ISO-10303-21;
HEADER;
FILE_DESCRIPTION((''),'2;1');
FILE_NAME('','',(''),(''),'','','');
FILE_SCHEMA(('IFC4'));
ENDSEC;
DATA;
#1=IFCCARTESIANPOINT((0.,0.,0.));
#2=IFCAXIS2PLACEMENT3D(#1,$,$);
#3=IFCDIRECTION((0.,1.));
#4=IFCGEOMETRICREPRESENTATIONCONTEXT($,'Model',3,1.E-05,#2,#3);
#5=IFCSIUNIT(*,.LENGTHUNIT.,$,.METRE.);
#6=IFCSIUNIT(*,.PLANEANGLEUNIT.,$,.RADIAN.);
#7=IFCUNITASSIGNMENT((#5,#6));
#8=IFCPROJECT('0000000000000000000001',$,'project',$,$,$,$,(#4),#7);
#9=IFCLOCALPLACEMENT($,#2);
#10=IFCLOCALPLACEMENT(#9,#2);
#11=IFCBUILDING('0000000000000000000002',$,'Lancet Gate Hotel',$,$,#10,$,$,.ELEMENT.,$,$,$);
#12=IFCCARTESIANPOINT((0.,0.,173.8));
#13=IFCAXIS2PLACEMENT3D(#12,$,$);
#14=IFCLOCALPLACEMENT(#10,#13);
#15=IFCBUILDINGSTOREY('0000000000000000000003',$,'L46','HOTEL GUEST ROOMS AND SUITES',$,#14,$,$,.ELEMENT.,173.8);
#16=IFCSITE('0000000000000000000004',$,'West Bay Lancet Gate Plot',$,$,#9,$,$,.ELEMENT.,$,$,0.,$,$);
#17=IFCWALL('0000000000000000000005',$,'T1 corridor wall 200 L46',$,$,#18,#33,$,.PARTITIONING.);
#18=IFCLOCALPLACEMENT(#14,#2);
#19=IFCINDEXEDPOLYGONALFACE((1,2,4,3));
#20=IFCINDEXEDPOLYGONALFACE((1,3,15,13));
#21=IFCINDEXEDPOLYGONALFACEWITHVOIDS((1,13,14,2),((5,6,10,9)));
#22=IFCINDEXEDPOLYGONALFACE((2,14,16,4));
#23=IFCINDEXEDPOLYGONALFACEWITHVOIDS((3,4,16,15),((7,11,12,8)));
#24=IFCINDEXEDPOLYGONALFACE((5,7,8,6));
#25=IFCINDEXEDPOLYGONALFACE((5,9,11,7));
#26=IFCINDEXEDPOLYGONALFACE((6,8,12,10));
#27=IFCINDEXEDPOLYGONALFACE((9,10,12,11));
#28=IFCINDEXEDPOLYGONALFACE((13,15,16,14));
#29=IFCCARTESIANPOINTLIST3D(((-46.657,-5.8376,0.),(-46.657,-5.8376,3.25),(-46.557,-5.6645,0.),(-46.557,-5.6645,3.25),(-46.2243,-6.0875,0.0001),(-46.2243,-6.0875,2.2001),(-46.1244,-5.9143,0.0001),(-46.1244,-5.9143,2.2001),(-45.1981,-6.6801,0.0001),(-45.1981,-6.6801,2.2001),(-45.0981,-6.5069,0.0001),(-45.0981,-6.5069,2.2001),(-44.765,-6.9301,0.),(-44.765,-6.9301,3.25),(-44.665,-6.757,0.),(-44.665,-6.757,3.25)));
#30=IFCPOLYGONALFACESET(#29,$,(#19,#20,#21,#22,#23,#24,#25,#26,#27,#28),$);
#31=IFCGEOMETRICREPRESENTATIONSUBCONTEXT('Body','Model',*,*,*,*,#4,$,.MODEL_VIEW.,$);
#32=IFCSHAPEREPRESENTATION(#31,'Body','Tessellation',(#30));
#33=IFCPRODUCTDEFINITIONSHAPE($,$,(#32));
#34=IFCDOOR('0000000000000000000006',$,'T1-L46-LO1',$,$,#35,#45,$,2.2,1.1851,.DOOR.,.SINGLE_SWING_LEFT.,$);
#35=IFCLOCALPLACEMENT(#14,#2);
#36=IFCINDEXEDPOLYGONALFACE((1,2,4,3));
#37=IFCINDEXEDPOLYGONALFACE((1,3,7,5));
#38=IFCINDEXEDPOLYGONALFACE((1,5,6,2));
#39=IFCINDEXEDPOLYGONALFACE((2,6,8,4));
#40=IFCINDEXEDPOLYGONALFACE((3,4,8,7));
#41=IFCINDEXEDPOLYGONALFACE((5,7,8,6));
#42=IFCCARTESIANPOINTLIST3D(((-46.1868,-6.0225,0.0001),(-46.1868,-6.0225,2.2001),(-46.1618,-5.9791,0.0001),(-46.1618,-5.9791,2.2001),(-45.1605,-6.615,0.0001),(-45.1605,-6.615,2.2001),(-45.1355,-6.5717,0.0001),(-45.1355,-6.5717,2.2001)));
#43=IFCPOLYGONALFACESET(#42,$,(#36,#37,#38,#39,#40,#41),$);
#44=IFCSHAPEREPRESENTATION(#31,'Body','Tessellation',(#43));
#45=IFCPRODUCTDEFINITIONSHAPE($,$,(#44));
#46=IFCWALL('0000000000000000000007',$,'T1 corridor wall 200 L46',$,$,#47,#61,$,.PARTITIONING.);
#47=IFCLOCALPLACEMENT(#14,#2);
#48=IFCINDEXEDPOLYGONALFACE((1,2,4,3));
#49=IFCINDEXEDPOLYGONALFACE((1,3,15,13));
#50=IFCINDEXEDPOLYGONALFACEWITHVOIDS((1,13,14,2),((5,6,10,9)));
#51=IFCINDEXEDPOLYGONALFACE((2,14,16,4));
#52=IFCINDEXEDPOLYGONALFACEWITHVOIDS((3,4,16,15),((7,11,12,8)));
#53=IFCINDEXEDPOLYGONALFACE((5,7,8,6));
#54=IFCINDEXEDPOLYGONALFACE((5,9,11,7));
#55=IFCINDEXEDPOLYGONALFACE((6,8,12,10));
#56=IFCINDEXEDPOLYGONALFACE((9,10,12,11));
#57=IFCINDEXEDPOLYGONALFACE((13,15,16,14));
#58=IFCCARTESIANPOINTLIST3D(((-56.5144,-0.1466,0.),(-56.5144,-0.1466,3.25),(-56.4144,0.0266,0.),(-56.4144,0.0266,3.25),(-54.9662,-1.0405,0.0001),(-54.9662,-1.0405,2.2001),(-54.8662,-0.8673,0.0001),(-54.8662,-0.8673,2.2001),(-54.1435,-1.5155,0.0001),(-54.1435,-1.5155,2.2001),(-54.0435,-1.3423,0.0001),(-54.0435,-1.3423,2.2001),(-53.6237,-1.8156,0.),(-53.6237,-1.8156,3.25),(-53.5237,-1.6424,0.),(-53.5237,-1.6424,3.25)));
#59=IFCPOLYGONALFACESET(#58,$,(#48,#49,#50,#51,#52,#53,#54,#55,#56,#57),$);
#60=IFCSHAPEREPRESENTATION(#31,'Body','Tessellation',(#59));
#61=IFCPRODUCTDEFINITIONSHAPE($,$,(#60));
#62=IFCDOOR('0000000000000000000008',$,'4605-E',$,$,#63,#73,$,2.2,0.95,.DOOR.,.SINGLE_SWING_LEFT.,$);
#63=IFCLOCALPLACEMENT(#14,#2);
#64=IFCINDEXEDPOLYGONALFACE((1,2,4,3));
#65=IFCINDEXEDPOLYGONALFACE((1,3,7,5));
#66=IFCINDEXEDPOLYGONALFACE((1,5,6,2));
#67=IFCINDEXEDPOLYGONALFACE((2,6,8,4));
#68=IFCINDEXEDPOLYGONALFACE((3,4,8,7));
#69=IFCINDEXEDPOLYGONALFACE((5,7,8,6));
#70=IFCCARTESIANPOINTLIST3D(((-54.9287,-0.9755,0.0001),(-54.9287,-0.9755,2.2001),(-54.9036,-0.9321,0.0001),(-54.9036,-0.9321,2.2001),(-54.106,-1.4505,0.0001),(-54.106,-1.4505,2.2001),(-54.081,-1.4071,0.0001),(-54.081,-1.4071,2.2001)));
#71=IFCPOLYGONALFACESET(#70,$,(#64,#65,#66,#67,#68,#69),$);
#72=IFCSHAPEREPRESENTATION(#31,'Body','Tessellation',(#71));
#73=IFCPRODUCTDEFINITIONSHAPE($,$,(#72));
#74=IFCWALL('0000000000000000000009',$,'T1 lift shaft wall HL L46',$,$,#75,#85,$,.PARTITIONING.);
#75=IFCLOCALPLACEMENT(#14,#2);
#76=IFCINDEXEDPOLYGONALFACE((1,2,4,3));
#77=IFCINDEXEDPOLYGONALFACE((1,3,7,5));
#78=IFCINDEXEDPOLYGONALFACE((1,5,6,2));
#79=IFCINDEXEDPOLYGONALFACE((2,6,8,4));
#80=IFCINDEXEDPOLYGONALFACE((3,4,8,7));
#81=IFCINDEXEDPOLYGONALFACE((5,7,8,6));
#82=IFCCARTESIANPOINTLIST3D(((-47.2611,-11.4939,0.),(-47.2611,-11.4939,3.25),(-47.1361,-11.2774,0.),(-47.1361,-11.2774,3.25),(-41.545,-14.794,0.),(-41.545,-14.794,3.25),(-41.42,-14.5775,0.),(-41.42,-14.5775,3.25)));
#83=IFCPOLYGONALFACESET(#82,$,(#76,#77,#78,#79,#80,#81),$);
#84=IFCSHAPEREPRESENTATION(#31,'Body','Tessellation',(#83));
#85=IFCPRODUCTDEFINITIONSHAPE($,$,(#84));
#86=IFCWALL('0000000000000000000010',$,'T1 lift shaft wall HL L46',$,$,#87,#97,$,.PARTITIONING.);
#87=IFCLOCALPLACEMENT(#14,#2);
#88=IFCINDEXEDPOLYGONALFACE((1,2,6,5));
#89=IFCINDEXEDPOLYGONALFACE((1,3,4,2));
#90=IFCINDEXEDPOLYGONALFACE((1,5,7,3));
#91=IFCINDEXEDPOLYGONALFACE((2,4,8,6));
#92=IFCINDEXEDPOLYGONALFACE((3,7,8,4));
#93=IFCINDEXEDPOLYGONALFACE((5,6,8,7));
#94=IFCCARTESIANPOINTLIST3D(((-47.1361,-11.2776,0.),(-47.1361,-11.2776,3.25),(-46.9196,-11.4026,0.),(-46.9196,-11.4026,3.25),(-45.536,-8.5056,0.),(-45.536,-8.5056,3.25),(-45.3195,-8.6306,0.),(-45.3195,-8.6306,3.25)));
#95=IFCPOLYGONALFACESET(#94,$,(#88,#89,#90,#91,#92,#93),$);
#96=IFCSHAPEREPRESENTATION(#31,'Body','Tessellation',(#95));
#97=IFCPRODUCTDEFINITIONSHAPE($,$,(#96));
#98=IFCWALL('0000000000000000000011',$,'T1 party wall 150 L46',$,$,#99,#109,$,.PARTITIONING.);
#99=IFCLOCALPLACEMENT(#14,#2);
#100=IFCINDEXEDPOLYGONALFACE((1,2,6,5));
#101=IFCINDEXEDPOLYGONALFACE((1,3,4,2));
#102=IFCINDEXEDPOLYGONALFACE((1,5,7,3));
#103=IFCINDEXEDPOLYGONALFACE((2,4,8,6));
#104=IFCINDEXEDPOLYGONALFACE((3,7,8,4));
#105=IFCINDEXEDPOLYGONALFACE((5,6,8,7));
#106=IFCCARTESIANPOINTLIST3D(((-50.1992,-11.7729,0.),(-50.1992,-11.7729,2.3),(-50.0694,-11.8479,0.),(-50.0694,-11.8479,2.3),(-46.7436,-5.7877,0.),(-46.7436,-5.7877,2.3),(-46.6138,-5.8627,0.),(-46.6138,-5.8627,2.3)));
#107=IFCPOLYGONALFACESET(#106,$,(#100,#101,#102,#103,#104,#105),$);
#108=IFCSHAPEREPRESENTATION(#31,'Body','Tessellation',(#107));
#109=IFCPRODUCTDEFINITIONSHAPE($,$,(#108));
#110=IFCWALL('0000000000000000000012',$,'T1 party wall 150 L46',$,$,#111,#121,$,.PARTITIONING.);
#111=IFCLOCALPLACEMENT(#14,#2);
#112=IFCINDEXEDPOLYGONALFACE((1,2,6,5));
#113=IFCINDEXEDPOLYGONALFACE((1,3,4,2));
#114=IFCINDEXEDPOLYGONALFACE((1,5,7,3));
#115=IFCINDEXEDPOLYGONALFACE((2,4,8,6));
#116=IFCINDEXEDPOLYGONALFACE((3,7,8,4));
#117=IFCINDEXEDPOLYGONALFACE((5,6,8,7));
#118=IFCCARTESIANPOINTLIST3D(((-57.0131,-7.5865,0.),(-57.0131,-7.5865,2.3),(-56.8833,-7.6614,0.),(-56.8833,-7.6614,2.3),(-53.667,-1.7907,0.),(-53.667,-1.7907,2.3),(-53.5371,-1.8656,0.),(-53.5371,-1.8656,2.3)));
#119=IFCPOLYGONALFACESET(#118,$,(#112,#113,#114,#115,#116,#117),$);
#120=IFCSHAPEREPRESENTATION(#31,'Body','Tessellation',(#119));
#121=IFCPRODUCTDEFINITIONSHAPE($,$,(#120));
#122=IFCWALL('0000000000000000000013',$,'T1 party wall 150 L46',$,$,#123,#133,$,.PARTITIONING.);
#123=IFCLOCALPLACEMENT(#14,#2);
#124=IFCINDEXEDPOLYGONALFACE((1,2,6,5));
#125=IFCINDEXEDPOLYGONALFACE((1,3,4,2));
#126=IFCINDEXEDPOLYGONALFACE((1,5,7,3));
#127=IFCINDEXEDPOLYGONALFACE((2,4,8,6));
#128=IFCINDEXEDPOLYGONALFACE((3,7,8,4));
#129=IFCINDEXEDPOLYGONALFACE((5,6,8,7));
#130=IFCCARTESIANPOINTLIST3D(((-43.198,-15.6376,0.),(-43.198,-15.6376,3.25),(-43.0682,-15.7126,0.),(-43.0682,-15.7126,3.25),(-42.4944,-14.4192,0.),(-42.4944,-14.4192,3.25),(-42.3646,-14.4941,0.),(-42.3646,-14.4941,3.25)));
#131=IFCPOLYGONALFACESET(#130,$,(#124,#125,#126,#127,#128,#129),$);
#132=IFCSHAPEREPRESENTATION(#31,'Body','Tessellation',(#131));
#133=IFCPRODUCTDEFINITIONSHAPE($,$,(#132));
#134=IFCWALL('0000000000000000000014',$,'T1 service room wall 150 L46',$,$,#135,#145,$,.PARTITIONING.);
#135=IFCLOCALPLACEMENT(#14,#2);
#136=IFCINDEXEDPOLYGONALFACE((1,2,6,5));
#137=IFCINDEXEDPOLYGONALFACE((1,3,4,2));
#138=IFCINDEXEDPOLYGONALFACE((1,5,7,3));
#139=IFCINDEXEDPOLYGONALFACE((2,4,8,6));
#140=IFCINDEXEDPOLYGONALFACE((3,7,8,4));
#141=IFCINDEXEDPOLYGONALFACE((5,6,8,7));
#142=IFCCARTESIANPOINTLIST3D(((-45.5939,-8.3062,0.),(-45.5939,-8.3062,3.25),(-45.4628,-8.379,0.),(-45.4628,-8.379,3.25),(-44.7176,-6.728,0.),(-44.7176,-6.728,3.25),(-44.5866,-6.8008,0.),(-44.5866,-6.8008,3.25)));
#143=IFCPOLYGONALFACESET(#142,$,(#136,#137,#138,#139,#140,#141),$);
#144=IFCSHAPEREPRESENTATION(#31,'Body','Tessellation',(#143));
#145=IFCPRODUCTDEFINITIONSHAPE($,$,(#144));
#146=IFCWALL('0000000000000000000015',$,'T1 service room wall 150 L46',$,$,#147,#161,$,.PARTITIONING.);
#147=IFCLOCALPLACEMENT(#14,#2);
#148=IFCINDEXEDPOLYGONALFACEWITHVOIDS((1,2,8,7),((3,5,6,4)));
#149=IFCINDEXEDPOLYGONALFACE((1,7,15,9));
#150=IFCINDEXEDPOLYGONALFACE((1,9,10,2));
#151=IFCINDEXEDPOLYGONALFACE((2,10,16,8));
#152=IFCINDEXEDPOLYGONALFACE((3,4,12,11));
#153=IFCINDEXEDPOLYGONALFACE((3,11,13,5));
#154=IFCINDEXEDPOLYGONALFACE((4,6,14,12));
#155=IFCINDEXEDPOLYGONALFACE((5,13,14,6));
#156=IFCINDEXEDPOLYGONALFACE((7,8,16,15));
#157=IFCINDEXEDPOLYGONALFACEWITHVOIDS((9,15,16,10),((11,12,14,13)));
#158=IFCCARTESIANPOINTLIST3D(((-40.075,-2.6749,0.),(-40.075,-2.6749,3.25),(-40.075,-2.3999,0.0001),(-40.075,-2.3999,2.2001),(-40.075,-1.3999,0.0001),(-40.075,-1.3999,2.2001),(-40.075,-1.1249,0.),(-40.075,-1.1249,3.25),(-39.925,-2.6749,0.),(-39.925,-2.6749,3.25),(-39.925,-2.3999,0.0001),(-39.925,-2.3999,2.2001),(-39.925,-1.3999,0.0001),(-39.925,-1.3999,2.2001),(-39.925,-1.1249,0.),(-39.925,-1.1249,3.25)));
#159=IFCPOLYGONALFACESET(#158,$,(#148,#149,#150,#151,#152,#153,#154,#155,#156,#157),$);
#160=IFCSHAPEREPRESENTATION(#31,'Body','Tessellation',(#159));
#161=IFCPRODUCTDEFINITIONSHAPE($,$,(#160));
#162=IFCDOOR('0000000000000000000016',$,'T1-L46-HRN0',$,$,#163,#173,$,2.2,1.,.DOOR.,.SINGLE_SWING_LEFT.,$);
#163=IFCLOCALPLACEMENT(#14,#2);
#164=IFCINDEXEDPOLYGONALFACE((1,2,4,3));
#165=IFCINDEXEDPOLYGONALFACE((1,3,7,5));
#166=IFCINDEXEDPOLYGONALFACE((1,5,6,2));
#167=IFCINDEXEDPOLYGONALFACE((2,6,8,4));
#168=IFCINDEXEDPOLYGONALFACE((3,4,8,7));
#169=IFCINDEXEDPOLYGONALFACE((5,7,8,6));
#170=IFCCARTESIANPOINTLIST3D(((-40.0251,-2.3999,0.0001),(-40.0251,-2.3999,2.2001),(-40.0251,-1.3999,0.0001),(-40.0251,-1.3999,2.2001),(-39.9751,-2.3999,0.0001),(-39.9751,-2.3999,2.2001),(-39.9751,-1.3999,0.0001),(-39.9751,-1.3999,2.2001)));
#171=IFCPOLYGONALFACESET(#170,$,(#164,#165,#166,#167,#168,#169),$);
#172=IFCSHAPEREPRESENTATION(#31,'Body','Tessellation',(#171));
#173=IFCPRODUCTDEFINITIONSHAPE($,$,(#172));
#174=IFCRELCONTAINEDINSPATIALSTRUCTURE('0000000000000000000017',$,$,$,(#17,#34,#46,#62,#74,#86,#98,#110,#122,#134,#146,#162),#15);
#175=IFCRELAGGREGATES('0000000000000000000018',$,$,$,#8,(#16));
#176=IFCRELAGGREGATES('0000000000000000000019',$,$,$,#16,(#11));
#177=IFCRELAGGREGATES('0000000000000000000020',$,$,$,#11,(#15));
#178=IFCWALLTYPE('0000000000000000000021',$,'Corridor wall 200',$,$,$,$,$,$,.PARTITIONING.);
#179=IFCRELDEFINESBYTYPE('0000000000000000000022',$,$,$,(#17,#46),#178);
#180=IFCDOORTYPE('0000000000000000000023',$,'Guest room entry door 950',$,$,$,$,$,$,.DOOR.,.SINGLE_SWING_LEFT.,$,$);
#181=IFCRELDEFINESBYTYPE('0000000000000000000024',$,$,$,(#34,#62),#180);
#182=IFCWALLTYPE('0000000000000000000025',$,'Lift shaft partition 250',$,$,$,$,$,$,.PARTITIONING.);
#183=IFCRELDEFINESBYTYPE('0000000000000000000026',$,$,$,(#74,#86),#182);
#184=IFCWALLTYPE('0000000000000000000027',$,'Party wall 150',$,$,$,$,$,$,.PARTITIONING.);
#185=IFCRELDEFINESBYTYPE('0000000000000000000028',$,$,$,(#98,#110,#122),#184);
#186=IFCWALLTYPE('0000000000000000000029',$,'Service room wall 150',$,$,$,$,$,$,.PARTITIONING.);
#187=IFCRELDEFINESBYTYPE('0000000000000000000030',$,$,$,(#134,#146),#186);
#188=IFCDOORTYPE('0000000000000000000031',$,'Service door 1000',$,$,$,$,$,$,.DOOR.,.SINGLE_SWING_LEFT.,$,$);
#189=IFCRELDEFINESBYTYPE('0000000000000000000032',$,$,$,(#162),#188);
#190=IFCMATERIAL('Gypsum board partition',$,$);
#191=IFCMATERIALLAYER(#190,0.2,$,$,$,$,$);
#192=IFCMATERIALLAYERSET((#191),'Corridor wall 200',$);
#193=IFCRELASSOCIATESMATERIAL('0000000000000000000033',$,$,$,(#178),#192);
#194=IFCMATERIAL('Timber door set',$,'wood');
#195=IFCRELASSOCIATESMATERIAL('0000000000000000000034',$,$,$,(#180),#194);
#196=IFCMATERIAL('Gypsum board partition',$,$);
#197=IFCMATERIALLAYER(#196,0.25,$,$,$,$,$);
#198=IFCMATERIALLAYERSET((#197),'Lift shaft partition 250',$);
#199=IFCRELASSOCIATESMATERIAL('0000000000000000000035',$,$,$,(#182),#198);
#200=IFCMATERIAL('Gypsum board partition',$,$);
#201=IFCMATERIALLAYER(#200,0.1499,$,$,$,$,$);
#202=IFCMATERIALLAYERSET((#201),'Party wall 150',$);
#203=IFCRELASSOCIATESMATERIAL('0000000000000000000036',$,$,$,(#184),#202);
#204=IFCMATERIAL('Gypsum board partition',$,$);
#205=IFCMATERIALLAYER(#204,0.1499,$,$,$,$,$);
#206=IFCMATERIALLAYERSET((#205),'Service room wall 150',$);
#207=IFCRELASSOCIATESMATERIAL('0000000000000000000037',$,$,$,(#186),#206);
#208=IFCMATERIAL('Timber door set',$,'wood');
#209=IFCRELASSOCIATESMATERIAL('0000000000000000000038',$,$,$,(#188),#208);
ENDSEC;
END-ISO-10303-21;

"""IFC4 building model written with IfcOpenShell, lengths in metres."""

from ifc_helpers import new_model, si_unit, direction, frame, frame_2d, origin, place, context, subcontext, project, spatial, rectangle, extrude, material, layer, layer_set, type_object, element, fill, save


model = new_model("IFC4")

# Units and contexts
model_context = context("Model", 3, precision=1e-05, world=origin(), true_north=direction((0.0, 1.0)))
body_context = subcontext(model_context, "Body", "Model", "MODEL_VIEW")
ifc_project = project(units=[si_unit("LENGTHUNIT", "METRE"), si_unit("PLANEANGLEUNIT", "RADIAN")], contexts=[model_context])

# Site, building, storey
site_placement = place(None, origin())
site = spatial("IfcSite", under=ifc_project, at=site_placement, Name="West Bay Lancet Gate Plot", CompositionType="ELEMENT", RefElevation=0.0)
building_placement = place(site_placement, origin())
building = spatial("IfcBuilding", under=site, at=building_placement, Name="Lancet Gate Hotel", CompositionType="ELEMENT")
storey_placement = place(building_placement, frame((0.0, 0.0, 173.8)))
storey = spatial("IfcBuildingStorey", under=building, at=storey_placement, Name="L46", Description="HOTEL GUEST ROOMS AND SUITES", CompositionType="ELEMENT", Elevation=173.8)

# Walls, openings, doors
ifc_material_1 = material(Name="Gypsum board partition")
ifc_layer_1 = layer(ifc_material_1, 0.2)
ifc_layer_set_1 = layer_set([ifc_layer_1], Name="Corridor wall 200")
wall_type_1 = type_object("IfcWallType", Name="Corridor wall 200", PredefinedType="PARTITIONING", material=ifc_layer_set_1)
wall_1_placement = place(storey_placement, frame((-44.7151, -6.8435, 0.0), z_axis=(0.0, 0.0, 1.0), x_axis=(-0.865999, 0.500045, 0.0)))
wall_1 = element("IfcWall", 1, at=wall_1_placement, inside=storey, type_object=wall_type_1, Name="T1 corridor wall 200 L46", PredefinedType="PARTITIONING", context=body_context, shape_type="SweptSolid", body=[
    extrude(rectangle(XDim=2.1848, YDim=0.2, at=frame_2d((1.0923, 0.0))), origin(), (0.0, 0.0, 1.0), 3.25),
])
opening_1_placement = place(wall_1_placement, frame((0.5, 0.0, 0.0)))
opening_1 = element("IfcOpeningElement", 2, at=opening_1_placement, cuts=wall_1, PredefinedType="OPENING", context=body_context, shape_type="SweptSolid", body=[
    extrude(rectangle(XDim=1.1851, YDim=2.2, at=frame_2d((0.5925, 1.1001))), frame((0.0, 0.1099, 0.0), z_axis=(0.0, -1.0, 0.0), x_axis=(1.0, 0.0, 0.0)), (0.0, 0.0, 1.0), 0.22),
])
ifc_material_2 = material(Name="Timber door set", Category="wood")
door_type_1 = type_object("IfcDoorType", Name="Guest room entry door 950", OperationType="SINGLE_SWING_LEFT", PredefinedType="DOOR", material=ifc_material_2)
door_1_placement = place(opening_1_placement, origin())
door_1 = element("IfcDoor", 3, at=door_1_placement, inside=storey, type_object=door_type_1, Name="T1-L46-LO1", OperationType="SINGLE_SWING_LEFT", OverallHeight=2.2, OverallWidth=1.1851, PredefinedType="DOOR", context=body_context, shape_type="SweptSolid", body=[
    extrude(rectangle(XDim=1.1851, YDim=2.2, at=frame_2d((0.5925, 1.1001))), frame((0.0, 0.0249, 0.0), z_axis=(0.0, -1.0, 0.0), x_axis=(1.0, 0.0, 0.0)), (0.0, 0.0, 1.0), 0.05),
])
fill(opening_1, door_1)
wall_2_placement = place(storey_placement, frame((-53.5737, -1.729, 0.0), z_axis=(0.0, 0.0, 1.0), x_axis=(-0.86602, 0.500009, 0.0)))
wall_2 = element("IfcWall", 4, at=wall_2_placement, inside=storey, type_object=wall_type_1, Name="T1 corridor wall 200 L46", PredefinedType="PARTITIONING", context=body_context, shape_type="SweptSolid", body=[
    extrude(rectangle(XDim=3.3379, YDim=0.2, at=frame_2d((1.6689, 0.0))), origin(), (0.0, 0.0, 1.0), 3.25),
])
opening_2_placement = place(wall_2_placement, frame((0.6001, 0.0, 0.0)))
opening_2 = element("IfcOpeningElement", 5, at=opening_2_placement, cuts=wall_2, PredefinedType="OPENING", context=body_context, shape_type="SweptSolid", body=[
    extrude(rectangle(XDim=0.95, YDim=2.2, at=frame_2d((0.4751, 1.1001))), frame((0.0, 0.1099, 0.0), z_axis=(0.0, -1.0, 0.0), x_axis=(1.0, 0.0, 0.0)), (0.0, 0.0, 1.0), 0.22),
])
door_2_placement = place(opening_2_placement, origin())
door_2 = element("IfcDoor", 6, at=door_2_placement, inside=storey, type_object=door_type_1, Name="4605-E", OperationType="SINGLE_SWING_LEFT", OverallHeight=2.2, OverallWidth=0.95, PredefinedType="DOOR", context=body_context, shape_type="SweptSolid", body=[
    extrude(rectangle(XDim=0.95, YDim=2.2, at=frame_2d((0.4751, 1.1001))), frame((0.0, 0.0249, 0.0), z_axis=(0.0, -1.0, 0.0), x_axis=(1.0, 0.0, 0.0)), (0.0, 0.0, 1.0), 0.05),
])
fill(opening_2, door_2)

# Walls
ifc_material_3 = material(Name="Gypsum board partition")
ifc_layer_2 = layer(ifc_material_3, 0.25)
ifc_layer_set_2 = layer_set([ifc_layer_2], Name="Lift shaft partition 250")
wall_type_2 = type_object("IfcWallType", Name="Lift shaft partition 250", PredefinedType="PARTITIONING", material=ifc_layer_set_2)
wall_3_placement = place(storey_placement, frame((-41.4824, -14.6858, 0.0), z_axis=(0.0, 0.0, 1.0), x_axis=(-0.866033, 0.499986, 0.0)))
element("IfcWall", 7, at=wall_3_placement, inside=storey, type_object=wall_type_2, Name="T1 lift shaft wall HL L46", PredefinedType="PARTITIONING", context=body_context, shape_type="SweptSolid", body=[
    extrude(rectangle(XDim=6.6003, YDim=0.25, at=frame_2d((3.3003, 0.0))), origin(), (0.0, 0.0, 1.0), 3.25),
])
wall_4_placement = place(storey_placement, frame((-45.4277, -8.5681, 0.0), z_axis=(0.0, 0.0, 1.0), x_axis=(-0.499929, -0.866066, 0.0)))
element("IfcWall", 8, at=wall_4_placement, inside=storey, type_object=wall_type_2, Name="T1 lift shaft wall HL L46", PredefinedType="PARTITIONING", context=body_context, shape_type="SweptSolid", body=[
    extrude(rectangle(XDim=3.2007, YDim=0.25, at=frame_2d((1.6003, 0.0))), origin(), (0.0, 0.0, 1.0), 3.25),
])
ifc_material_4 = material(Name="Gypsum board partition")
ifc_layer_3 = layer(ifc_material_4, 0.1499)
ifc_layer_set_3 = layer_set([ifc_layer_3], Name="Party wall 150")
wall_type_3 = type_object("IfcWallType", Name="Party wall 150", PredefinedType="PARTITIONING", material=ifc_layer_set_3)
wall_5_placement = place(storey_placement, frame((-46.6787, -5.8252, 0.0), z_axis=(0.0, 0.0, 1.0), x_axis=(-0.500007, -0.866021, 0.0)))
element("IfcWall", 9, at=wall_5_placement, inside=storey, type_object=wall_type_3, Name="T1 party wall 150 L46", PredefinedType="PARTITIONING", context=body_context, shape_type="SweptSolid", body=[
    extrude(rectangle(XDim=6.9111, YDim=0.1499, at=frame_2d((3.4556, 0.0))), origin(), (0.0, 0.0, 1.0), 2.3),
])
wall_6_placement = place(storey_placement, frame((-53.6021, -1.8281, 0.0), z_axis=(0.0, 0.0, 1.0), x_axis=(-0.499992, -0.86603, 0.0)))
element("IfcWall", 10, at=wall_6_placement, inside=storey, type_object=wall_type_3, Name="T1 party wall 150 L46", PredefinedType="PARTITIONING", context=body_context, shape_type="SweptSolid", body=[
    extrude(rectangle(XDim=6.6924, YDim=0.1499, at=frame_2d((3.3462, 0.0))), origin(), (0.0, 0.0, 1.0), 2.3),
])
wall_7_placement = place(storey_placement, frame((-42.4294, -14.4565, 0.0), z_axis=(0.0, 0.0, 1.0), x_axis=(-0.500058, -0.865992, 0.0)))
element("IfcWall", 11, at=wall_7_placement, inside=storey, type_object=wall_type_3, Name="T1 party wall 150 L46", PredefinedType="PARTITIONING", context=body_context, shape_type="SweptSolid", body=[
    extrude(rectangle(XDim=1.407, YDim=0.1499, at=frame_2d((0.7036, 0.0))), origin(), (0.0, 0.0, 1.0), 3.25),
])
ifc_material_5 = material(Name="Gypsum board partition")
ifc_layer_4 = layer(ifc_material_5, 0.1499)
ifc_layer_set_4 = layer_set([ifc_layer_4], Name="Service room wall 150")
wall_type_4 = type_object("IfcWallType", Name="Service room wall 150", PredefinedType="PARTITIONING", material=ifc_layer_set_4)
wall_8_placement = place(storey_placement, frame((-44.6521, -6.7644, 0.0), z_axis=(0.0, 0.0, 1.0), x_axis=(-0.485425, -0.874278, 0.0)))
element("IfcWall", 12, at=wall_8_placement, inside=storey, type_object=wall_type_4, Name="T1 service room wall 150 L46", PredefinedType="PARTITIONING", context=body_context, shape_type="SweptSolid", body=[
    extrude(rectangle(XDim=1.8052, YDim=0.1499, at=frame_2d((0.9026, 0.0))), origin(), (0.0, 0.0, 1.0), 3.25),
])

# Wall, opening, door
wall_9_placement = place(storey_placement, frame((-40.0, -1.125, 0.0), z_axis=(0.0, 0.0, 1.0), x_axis=(0.0, -1.0, 0.0)))
wall_9 = element("IfcWall", 13, at=wall_9_placement, inside=storey, type_object=wall_type_4, Name="T1 service room wall 150 L46", PredefinedType="PARTITIONING", context=body_context, shape_type="SweptSolid", body=[
    extrude(rectangle(XDim=1.55, YDim=0.1499, at=frame_2d((0.7749, 0.0))), origin(), (0.0, 0.0, 1.0), 3.25),
])
opening_3_placement = place(wall_9_placement, frame((0.2749, 0.0, 0.0)))
opening_3 = element("IfcOpeningElement", 14, at=opening_3_placement, cuts=wall_9, PredefinedType="OPENING", context=body_context, shape_type="SweptSolid", body=[
    extrude(rectangle(XDim=1.0, YDim=2.2, at=frame_2d((0.5, 1.1001))), frame((0.0, 0.085, 0.0), z_axis=(0.0, -1.0, 0.0), x_axis=(1.0, 0.0, 0.0)), (0.0, 0.0, 1.0), 0.1699),
])
ifc_material_6 = material(Name="Timber door set", Category="wood")
door_type_2 = type_object("IfcDoorType", Name="Service door 1000", OperationType="SINGLE_SWING_LEFT", PredefinedType="DOOR", material=ifc_material_6)
door_3_placement = place(opening_3_placement, origin())
door_3 = element("IfcDoor", 15, at=door_3_placement, inside=storey, type_object=door_type_2, Name="T1-L46-HRN0", OperationType="SINGLE_SWING_LEFT", OverallHeight=2.2, OverallWidth=1.0, PredefinedType="DOOR", context=body_context, shape_type="SweptSolid", body=[
    extrude(rectangle(XDim=1.0, YDim=2.2, at=frame_2d((0.5, 1.1001))), frame((0.0, 0.0249, 0.0), z_axis=(0.0, -1.0, 0.0), x_axis=(1.0, 0.0, 0.0)), (0.0, 0.0, 1.0), 0.05),
])
fill(opening_3, door_3)

save(model, "model.ifc")
